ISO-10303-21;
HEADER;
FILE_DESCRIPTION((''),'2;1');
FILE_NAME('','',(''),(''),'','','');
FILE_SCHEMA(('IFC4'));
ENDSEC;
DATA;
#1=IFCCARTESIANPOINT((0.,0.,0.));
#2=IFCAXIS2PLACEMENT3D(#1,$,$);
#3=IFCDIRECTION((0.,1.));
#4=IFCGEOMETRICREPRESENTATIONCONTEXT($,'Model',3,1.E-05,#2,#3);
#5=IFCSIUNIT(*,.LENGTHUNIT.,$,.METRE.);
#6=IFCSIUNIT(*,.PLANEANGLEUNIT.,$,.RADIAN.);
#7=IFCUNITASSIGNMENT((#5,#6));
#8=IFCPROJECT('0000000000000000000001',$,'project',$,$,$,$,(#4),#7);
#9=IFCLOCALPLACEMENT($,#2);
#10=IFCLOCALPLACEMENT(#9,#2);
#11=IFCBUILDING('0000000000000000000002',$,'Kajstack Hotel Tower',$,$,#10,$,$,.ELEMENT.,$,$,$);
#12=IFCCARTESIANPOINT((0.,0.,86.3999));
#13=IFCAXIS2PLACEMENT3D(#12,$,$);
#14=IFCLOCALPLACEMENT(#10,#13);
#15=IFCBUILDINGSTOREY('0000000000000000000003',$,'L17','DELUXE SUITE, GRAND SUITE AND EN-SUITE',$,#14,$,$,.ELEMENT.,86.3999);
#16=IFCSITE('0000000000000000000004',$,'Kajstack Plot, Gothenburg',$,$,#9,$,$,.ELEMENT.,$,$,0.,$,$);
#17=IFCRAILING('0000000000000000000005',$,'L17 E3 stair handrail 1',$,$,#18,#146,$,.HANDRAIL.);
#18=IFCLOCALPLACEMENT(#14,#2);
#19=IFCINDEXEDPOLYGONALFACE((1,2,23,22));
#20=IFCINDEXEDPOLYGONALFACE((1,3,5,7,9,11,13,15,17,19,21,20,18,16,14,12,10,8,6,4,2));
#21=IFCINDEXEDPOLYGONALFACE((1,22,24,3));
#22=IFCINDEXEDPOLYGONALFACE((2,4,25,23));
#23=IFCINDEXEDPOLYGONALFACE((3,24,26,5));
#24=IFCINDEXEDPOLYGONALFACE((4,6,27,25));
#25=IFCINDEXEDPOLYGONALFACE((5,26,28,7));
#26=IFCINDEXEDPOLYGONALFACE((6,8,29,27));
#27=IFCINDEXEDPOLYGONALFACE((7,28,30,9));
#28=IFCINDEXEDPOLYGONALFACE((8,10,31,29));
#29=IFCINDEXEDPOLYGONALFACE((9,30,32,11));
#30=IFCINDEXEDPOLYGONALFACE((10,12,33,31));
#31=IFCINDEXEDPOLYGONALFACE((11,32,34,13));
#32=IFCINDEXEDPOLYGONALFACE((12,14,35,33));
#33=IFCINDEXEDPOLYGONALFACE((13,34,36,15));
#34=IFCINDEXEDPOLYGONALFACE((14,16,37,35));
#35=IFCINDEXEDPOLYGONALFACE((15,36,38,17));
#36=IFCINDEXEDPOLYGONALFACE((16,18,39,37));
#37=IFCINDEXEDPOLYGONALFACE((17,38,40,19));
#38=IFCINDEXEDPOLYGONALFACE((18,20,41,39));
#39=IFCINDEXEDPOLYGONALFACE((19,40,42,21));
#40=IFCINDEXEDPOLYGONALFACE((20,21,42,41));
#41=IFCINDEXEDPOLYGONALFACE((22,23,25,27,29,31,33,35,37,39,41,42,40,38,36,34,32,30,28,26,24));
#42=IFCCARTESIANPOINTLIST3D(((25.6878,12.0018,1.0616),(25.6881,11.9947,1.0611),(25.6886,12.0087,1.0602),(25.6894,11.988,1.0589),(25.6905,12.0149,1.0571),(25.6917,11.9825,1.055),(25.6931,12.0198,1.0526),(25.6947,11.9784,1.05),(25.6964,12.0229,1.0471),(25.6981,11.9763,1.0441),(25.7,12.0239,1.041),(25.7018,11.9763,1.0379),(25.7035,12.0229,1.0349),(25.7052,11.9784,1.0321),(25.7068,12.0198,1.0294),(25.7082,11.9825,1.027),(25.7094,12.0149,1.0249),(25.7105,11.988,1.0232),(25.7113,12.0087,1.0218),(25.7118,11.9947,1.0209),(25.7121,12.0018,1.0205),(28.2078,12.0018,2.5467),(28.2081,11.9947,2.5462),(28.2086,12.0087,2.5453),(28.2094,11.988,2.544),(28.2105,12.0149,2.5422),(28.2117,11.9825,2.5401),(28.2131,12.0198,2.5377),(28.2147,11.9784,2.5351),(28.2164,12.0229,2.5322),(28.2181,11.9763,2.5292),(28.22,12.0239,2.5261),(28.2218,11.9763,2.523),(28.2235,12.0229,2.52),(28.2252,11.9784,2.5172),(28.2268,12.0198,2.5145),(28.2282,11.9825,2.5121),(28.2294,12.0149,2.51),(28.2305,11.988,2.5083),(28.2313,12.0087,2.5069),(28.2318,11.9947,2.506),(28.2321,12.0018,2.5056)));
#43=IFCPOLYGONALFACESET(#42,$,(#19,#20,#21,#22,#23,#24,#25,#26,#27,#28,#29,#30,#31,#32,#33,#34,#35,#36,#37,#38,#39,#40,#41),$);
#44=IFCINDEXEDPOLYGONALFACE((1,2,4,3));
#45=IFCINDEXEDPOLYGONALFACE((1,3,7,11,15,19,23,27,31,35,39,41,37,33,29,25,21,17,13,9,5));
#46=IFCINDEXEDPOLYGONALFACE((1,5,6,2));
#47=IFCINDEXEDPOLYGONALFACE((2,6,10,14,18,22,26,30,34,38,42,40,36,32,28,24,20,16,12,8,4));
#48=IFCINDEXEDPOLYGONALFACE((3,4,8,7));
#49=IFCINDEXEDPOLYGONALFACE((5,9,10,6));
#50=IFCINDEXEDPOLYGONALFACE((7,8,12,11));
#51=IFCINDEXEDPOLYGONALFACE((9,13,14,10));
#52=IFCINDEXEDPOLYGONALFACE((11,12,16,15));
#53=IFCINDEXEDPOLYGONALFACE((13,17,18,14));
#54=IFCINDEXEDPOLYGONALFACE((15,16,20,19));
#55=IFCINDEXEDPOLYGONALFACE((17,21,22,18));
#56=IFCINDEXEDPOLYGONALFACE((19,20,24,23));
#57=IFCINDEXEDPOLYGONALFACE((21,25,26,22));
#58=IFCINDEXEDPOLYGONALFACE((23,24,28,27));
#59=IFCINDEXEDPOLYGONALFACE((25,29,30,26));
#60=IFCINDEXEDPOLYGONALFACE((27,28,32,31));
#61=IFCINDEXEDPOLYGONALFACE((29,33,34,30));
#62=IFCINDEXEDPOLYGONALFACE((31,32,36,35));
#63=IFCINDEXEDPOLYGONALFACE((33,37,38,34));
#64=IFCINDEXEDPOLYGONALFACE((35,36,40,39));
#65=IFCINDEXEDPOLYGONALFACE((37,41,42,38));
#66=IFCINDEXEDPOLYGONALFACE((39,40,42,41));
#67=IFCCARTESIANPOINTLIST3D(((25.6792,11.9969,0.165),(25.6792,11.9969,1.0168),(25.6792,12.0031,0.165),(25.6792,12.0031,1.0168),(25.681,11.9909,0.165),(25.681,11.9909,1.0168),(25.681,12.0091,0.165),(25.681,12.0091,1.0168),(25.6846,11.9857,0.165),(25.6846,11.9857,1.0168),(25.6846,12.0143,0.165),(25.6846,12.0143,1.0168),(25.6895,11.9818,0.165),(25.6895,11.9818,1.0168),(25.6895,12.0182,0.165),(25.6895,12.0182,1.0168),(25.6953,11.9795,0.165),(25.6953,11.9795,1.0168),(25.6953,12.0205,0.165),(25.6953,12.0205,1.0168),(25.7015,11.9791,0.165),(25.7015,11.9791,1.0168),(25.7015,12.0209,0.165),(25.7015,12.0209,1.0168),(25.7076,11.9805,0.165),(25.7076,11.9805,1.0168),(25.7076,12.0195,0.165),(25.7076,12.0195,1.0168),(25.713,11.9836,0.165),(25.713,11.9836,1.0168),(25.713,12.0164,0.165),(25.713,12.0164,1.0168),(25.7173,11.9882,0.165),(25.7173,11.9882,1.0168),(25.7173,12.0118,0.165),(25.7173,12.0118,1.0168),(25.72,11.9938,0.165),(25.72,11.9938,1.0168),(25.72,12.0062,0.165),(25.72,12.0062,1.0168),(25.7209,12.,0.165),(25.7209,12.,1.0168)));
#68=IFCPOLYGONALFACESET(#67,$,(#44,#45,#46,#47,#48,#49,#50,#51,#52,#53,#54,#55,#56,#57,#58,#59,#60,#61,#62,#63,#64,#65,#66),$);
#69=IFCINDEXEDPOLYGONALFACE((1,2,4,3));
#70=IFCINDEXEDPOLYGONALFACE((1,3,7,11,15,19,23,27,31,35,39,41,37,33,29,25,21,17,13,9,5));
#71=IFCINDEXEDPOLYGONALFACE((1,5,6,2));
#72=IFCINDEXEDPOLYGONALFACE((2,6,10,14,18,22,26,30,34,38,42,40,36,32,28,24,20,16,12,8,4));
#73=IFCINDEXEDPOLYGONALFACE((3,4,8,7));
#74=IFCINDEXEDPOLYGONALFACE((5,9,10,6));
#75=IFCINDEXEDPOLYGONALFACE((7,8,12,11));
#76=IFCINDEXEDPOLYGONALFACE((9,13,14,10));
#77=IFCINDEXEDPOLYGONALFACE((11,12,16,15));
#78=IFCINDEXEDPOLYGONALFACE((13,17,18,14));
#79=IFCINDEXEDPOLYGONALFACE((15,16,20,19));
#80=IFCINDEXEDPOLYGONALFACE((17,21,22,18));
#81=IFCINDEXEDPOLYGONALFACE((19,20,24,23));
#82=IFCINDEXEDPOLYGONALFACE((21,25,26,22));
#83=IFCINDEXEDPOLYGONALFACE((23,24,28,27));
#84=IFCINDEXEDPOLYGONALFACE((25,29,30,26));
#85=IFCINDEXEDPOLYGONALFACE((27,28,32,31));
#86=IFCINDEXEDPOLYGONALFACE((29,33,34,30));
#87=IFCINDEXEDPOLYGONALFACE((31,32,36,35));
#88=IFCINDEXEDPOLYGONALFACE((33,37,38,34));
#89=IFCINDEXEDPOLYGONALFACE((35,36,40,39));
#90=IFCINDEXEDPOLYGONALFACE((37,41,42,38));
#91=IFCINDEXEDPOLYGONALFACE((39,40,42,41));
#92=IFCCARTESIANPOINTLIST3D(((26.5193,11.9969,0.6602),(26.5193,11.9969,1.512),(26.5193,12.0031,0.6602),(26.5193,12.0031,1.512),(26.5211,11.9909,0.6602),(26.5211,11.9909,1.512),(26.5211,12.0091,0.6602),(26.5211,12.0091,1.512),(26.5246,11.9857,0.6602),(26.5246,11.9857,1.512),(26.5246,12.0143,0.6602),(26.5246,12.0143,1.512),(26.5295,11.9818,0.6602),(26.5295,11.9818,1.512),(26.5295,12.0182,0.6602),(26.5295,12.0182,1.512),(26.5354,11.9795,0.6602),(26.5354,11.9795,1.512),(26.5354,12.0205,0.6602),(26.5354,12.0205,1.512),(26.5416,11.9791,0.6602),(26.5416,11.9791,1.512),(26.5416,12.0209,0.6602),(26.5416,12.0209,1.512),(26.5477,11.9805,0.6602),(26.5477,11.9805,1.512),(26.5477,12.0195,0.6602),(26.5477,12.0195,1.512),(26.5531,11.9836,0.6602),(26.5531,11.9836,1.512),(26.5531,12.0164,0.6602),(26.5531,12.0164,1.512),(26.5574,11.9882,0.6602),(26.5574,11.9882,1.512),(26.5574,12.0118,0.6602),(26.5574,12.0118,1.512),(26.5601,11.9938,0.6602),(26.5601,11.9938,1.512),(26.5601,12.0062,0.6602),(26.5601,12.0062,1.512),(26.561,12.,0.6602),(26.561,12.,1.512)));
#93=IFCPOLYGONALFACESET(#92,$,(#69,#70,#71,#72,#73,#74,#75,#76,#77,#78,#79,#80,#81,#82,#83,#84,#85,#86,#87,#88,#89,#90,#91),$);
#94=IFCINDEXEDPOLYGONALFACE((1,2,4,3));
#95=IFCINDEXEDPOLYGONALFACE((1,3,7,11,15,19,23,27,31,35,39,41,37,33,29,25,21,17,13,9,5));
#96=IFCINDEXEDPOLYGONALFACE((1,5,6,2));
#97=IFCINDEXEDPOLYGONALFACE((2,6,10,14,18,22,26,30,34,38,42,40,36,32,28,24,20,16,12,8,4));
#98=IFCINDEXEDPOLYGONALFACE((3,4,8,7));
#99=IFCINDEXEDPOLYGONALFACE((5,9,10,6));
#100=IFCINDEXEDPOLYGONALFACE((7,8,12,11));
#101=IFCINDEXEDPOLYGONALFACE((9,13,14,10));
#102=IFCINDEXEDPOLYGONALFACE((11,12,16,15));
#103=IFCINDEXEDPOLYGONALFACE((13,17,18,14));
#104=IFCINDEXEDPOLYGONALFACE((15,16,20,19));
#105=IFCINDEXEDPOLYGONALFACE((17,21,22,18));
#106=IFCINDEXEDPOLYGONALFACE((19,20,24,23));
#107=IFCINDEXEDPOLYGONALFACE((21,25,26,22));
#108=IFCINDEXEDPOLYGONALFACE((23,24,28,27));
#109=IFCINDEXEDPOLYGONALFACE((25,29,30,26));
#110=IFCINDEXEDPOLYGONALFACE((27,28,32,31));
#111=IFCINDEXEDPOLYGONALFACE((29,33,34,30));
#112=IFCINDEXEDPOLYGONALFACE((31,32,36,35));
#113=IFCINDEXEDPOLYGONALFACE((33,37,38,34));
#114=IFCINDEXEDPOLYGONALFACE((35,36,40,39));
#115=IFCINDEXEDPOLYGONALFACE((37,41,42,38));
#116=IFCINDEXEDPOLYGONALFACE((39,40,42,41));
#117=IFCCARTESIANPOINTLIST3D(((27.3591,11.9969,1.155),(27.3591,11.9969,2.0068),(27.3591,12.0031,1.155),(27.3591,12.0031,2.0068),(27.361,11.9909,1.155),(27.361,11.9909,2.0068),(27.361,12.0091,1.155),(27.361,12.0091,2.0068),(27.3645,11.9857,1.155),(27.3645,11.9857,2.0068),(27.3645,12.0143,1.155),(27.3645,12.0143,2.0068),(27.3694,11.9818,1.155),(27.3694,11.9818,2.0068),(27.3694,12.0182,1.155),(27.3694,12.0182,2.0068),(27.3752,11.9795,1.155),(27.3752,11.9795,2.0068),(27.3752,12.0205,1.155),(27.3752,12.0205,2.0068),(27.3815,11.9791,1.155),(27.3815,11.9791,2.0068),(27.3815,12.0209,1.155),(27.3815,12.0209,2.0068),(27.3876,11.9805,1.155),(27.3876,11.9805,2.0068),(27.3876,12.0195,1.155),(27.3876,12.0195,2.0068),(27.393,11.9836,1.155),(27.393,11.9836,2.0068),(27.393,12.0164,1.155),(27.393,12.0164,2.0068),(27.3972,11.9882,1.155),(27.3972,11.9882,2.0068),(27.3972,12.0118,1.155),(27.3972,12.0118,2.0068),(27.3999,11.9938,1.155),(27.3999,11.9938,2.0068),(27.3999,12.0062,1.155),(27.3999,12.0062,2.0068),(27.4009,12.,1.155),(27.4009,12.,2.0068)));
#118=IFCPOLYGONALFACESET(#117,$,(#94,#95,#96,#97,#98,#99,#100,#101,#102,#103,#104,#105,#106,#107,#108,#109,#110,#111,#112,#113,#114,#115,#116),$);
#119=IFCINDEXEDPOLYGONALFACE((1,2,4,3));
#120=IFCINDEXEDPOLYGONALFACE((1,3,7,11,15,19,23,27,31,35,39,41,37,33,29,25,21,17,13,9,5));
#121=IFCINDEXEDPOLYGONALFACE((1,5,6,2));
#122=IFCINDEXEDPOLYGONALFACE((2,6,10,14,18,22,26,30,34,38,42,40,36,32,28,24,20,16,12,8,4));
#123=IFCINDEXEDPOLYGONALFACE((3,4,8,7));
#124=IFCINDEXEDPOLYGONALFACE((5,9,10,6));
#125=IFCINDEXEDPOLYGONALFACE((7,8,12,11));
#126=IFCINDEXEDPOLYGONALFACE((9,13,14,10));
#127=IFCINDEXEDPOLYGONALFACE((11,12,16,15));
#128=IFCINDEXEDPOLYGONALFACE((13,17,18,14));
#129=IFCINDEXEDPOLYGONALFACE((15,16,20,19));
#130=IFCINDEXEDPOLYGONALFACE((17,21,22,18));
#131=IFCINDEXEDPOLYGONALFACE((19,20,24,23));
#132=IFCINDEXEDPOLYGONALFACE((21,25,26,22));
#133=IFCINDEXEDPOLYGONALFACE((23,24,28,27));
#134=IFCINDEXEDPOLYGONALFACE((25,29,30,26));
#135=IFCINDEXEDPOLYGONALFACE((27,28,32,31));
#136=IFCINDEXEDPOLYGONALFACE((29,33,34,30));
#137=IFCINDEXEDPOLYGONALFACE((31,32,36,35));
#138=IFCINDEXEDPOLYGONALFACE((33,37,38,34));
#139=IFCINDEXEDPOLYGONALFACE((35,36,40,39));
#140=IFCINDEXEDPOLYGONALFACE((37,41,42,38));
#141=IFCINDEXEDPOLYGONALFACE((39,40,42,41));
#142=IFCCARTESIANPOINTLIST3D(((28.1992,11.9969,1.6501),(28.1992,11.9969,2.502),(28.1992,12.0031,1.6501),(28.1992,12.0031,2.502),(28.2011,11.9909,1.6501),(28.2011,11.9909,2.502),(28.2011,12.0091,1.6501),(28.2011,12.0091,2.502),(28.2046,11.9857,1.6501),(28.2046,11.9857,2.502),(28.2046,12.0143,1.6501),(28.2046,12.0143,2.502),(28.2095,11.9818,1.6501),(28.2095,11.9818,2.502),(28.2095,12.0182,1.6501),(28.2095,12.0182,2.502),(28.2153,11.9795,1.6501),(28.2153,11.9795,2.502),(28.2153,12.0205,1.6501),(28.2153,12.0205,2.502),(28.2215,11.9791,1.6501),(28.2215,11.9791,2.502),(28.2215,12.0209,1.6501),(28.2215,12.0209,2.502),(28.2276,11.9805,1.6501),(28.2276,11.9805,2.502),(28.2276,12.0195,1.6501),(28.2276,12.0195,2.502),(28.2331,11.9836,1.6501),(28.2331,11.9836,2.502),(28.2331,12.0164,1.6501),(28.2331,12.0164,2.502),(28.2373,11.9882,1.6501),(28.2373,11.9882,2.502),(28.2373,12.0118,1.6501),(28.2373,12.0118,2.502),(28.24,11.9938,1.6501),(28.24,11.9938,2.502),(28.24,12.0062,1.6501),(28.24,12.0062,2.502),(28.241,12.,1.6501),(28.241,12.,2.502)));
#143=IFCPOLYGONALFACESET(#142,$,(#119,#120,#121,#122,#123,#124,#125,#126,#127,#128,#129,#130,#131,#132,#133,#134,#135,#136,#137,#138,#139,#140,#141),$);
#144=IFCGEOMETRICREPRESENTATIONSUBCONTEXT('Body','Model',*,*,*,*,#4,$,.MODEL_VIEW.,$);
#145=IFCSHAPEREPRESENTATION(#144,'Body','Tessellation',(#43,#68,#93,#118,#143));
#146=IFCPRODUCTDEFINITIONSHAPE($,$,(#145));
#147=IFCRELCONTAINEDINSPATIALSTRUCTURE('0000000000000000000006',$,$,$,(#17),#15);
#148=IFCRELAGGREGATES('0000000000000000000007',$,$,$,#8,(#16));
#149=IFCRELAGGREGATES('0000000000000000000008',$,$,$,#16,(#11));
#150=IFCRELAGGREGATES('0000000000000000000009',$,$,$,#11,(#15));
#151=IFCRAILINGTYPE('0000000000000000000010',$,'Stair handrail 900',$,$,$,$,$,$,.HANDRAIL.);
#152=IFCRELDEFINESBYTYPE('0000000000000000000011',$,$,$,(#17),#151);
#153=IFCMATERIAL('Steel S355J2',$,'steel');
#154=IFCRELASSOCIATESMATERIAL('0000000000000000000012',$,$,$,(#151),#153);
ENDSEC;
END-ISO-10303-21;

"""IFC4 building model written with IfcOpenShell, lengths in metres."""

from ifc_helpers import new_model, si_unit, direction, frame, origin, origin_2d, place, context, subcontext, project, spatial, circle, extrude, material, type_object, element, save


model = new_model("IFC4")

# Units and contexts
model_context = context("Model", 3, precision=1e-05, world=origin(), true_north=direction((0.0, 1.0)))
body_context = subcontext(model_context, "Body", "Model", "MODEL_VIEW")
ifc_project = project(units=[si_unit("LENGTHUNIT", "METRE"), si_unit("PLANEANGLEUNIT", "RADIAN")], contexts=[model_context])

# Site, building, storey
site_placement = place(None, origin())
site = spatial("IfcSite", under=ifc_project, at=site_placement, Name="Kajstack Plot, Gothenburg", CompositionType="ELEMENT", RefElevation=0.0)
building_placement = place(site_placement, origin())
building = spatial("IfcBuilding", under=site, at=building_placement, Name="Kajstack Hotel Tower", CompositionType="ELEMENT")
storey_placement = place(building_placement, frame((0.0, 0.0, 86.3999)))
storey = spatial("IfcBuildingStorey", under=building, at=storey_placement, Name="L17", Description="DELUXE SUITE, GRAND SUITE AND EN-SUITE", CompositionType="ELEMENT", Elevation=86.3999)

# Railing
ifc_material_1 = material(Name="Steel S355J2", Category="steel")
railing_type_1 = type_object("IfcRailingType", Name="Stair handrail 900", PredefinedType="HANDRAIL", material=ifc_material_1)
railing_1_placement = place(storey_placement, frame((25.7, 12.0, 0.165)))
element("IfcRailing", 1, at=railing_1_placement, inside=storey, type_object=railing_type_1, Name="L17 E3 stair handrail 1", PredefinedType="HANDRAIL", context=body_context, shape_type="SweptSolid", body=[
    extrude(circle(Radius=0.0239, at=origin_2d()), frame((0.0, 0.0, 0.876), z_axis=(0.861524, 0.0, 0.507717), x_axis=(0.0, 1.0, 0.0)), (0.0, 0.0, 1.0), 2.925),
    extrude(circle(Radius=0.021, at=origin_2d()), origin(), (0.0, 0.0, 1.0), 0.8518),
    extrude(circle(Radius=0.021, at=origin_2d()), frame((0.8401, 0.0, 0.4951)), (0.0, 0.0, 1.0), 0.8518),
    extrude(circle(Radius=0.021, at=origin_2d()), frame((1.6799, 0.0, 0.99)), (0.0, 0.0, 1.0), 0.8518),
    extrude(circle(Radius=0.021, at=origin_2d()), frame((2.52, 0.0, 1.4851)), (0.0, 0.0, 1.0), 0.8518),
])

save(model, "model.ifc")
